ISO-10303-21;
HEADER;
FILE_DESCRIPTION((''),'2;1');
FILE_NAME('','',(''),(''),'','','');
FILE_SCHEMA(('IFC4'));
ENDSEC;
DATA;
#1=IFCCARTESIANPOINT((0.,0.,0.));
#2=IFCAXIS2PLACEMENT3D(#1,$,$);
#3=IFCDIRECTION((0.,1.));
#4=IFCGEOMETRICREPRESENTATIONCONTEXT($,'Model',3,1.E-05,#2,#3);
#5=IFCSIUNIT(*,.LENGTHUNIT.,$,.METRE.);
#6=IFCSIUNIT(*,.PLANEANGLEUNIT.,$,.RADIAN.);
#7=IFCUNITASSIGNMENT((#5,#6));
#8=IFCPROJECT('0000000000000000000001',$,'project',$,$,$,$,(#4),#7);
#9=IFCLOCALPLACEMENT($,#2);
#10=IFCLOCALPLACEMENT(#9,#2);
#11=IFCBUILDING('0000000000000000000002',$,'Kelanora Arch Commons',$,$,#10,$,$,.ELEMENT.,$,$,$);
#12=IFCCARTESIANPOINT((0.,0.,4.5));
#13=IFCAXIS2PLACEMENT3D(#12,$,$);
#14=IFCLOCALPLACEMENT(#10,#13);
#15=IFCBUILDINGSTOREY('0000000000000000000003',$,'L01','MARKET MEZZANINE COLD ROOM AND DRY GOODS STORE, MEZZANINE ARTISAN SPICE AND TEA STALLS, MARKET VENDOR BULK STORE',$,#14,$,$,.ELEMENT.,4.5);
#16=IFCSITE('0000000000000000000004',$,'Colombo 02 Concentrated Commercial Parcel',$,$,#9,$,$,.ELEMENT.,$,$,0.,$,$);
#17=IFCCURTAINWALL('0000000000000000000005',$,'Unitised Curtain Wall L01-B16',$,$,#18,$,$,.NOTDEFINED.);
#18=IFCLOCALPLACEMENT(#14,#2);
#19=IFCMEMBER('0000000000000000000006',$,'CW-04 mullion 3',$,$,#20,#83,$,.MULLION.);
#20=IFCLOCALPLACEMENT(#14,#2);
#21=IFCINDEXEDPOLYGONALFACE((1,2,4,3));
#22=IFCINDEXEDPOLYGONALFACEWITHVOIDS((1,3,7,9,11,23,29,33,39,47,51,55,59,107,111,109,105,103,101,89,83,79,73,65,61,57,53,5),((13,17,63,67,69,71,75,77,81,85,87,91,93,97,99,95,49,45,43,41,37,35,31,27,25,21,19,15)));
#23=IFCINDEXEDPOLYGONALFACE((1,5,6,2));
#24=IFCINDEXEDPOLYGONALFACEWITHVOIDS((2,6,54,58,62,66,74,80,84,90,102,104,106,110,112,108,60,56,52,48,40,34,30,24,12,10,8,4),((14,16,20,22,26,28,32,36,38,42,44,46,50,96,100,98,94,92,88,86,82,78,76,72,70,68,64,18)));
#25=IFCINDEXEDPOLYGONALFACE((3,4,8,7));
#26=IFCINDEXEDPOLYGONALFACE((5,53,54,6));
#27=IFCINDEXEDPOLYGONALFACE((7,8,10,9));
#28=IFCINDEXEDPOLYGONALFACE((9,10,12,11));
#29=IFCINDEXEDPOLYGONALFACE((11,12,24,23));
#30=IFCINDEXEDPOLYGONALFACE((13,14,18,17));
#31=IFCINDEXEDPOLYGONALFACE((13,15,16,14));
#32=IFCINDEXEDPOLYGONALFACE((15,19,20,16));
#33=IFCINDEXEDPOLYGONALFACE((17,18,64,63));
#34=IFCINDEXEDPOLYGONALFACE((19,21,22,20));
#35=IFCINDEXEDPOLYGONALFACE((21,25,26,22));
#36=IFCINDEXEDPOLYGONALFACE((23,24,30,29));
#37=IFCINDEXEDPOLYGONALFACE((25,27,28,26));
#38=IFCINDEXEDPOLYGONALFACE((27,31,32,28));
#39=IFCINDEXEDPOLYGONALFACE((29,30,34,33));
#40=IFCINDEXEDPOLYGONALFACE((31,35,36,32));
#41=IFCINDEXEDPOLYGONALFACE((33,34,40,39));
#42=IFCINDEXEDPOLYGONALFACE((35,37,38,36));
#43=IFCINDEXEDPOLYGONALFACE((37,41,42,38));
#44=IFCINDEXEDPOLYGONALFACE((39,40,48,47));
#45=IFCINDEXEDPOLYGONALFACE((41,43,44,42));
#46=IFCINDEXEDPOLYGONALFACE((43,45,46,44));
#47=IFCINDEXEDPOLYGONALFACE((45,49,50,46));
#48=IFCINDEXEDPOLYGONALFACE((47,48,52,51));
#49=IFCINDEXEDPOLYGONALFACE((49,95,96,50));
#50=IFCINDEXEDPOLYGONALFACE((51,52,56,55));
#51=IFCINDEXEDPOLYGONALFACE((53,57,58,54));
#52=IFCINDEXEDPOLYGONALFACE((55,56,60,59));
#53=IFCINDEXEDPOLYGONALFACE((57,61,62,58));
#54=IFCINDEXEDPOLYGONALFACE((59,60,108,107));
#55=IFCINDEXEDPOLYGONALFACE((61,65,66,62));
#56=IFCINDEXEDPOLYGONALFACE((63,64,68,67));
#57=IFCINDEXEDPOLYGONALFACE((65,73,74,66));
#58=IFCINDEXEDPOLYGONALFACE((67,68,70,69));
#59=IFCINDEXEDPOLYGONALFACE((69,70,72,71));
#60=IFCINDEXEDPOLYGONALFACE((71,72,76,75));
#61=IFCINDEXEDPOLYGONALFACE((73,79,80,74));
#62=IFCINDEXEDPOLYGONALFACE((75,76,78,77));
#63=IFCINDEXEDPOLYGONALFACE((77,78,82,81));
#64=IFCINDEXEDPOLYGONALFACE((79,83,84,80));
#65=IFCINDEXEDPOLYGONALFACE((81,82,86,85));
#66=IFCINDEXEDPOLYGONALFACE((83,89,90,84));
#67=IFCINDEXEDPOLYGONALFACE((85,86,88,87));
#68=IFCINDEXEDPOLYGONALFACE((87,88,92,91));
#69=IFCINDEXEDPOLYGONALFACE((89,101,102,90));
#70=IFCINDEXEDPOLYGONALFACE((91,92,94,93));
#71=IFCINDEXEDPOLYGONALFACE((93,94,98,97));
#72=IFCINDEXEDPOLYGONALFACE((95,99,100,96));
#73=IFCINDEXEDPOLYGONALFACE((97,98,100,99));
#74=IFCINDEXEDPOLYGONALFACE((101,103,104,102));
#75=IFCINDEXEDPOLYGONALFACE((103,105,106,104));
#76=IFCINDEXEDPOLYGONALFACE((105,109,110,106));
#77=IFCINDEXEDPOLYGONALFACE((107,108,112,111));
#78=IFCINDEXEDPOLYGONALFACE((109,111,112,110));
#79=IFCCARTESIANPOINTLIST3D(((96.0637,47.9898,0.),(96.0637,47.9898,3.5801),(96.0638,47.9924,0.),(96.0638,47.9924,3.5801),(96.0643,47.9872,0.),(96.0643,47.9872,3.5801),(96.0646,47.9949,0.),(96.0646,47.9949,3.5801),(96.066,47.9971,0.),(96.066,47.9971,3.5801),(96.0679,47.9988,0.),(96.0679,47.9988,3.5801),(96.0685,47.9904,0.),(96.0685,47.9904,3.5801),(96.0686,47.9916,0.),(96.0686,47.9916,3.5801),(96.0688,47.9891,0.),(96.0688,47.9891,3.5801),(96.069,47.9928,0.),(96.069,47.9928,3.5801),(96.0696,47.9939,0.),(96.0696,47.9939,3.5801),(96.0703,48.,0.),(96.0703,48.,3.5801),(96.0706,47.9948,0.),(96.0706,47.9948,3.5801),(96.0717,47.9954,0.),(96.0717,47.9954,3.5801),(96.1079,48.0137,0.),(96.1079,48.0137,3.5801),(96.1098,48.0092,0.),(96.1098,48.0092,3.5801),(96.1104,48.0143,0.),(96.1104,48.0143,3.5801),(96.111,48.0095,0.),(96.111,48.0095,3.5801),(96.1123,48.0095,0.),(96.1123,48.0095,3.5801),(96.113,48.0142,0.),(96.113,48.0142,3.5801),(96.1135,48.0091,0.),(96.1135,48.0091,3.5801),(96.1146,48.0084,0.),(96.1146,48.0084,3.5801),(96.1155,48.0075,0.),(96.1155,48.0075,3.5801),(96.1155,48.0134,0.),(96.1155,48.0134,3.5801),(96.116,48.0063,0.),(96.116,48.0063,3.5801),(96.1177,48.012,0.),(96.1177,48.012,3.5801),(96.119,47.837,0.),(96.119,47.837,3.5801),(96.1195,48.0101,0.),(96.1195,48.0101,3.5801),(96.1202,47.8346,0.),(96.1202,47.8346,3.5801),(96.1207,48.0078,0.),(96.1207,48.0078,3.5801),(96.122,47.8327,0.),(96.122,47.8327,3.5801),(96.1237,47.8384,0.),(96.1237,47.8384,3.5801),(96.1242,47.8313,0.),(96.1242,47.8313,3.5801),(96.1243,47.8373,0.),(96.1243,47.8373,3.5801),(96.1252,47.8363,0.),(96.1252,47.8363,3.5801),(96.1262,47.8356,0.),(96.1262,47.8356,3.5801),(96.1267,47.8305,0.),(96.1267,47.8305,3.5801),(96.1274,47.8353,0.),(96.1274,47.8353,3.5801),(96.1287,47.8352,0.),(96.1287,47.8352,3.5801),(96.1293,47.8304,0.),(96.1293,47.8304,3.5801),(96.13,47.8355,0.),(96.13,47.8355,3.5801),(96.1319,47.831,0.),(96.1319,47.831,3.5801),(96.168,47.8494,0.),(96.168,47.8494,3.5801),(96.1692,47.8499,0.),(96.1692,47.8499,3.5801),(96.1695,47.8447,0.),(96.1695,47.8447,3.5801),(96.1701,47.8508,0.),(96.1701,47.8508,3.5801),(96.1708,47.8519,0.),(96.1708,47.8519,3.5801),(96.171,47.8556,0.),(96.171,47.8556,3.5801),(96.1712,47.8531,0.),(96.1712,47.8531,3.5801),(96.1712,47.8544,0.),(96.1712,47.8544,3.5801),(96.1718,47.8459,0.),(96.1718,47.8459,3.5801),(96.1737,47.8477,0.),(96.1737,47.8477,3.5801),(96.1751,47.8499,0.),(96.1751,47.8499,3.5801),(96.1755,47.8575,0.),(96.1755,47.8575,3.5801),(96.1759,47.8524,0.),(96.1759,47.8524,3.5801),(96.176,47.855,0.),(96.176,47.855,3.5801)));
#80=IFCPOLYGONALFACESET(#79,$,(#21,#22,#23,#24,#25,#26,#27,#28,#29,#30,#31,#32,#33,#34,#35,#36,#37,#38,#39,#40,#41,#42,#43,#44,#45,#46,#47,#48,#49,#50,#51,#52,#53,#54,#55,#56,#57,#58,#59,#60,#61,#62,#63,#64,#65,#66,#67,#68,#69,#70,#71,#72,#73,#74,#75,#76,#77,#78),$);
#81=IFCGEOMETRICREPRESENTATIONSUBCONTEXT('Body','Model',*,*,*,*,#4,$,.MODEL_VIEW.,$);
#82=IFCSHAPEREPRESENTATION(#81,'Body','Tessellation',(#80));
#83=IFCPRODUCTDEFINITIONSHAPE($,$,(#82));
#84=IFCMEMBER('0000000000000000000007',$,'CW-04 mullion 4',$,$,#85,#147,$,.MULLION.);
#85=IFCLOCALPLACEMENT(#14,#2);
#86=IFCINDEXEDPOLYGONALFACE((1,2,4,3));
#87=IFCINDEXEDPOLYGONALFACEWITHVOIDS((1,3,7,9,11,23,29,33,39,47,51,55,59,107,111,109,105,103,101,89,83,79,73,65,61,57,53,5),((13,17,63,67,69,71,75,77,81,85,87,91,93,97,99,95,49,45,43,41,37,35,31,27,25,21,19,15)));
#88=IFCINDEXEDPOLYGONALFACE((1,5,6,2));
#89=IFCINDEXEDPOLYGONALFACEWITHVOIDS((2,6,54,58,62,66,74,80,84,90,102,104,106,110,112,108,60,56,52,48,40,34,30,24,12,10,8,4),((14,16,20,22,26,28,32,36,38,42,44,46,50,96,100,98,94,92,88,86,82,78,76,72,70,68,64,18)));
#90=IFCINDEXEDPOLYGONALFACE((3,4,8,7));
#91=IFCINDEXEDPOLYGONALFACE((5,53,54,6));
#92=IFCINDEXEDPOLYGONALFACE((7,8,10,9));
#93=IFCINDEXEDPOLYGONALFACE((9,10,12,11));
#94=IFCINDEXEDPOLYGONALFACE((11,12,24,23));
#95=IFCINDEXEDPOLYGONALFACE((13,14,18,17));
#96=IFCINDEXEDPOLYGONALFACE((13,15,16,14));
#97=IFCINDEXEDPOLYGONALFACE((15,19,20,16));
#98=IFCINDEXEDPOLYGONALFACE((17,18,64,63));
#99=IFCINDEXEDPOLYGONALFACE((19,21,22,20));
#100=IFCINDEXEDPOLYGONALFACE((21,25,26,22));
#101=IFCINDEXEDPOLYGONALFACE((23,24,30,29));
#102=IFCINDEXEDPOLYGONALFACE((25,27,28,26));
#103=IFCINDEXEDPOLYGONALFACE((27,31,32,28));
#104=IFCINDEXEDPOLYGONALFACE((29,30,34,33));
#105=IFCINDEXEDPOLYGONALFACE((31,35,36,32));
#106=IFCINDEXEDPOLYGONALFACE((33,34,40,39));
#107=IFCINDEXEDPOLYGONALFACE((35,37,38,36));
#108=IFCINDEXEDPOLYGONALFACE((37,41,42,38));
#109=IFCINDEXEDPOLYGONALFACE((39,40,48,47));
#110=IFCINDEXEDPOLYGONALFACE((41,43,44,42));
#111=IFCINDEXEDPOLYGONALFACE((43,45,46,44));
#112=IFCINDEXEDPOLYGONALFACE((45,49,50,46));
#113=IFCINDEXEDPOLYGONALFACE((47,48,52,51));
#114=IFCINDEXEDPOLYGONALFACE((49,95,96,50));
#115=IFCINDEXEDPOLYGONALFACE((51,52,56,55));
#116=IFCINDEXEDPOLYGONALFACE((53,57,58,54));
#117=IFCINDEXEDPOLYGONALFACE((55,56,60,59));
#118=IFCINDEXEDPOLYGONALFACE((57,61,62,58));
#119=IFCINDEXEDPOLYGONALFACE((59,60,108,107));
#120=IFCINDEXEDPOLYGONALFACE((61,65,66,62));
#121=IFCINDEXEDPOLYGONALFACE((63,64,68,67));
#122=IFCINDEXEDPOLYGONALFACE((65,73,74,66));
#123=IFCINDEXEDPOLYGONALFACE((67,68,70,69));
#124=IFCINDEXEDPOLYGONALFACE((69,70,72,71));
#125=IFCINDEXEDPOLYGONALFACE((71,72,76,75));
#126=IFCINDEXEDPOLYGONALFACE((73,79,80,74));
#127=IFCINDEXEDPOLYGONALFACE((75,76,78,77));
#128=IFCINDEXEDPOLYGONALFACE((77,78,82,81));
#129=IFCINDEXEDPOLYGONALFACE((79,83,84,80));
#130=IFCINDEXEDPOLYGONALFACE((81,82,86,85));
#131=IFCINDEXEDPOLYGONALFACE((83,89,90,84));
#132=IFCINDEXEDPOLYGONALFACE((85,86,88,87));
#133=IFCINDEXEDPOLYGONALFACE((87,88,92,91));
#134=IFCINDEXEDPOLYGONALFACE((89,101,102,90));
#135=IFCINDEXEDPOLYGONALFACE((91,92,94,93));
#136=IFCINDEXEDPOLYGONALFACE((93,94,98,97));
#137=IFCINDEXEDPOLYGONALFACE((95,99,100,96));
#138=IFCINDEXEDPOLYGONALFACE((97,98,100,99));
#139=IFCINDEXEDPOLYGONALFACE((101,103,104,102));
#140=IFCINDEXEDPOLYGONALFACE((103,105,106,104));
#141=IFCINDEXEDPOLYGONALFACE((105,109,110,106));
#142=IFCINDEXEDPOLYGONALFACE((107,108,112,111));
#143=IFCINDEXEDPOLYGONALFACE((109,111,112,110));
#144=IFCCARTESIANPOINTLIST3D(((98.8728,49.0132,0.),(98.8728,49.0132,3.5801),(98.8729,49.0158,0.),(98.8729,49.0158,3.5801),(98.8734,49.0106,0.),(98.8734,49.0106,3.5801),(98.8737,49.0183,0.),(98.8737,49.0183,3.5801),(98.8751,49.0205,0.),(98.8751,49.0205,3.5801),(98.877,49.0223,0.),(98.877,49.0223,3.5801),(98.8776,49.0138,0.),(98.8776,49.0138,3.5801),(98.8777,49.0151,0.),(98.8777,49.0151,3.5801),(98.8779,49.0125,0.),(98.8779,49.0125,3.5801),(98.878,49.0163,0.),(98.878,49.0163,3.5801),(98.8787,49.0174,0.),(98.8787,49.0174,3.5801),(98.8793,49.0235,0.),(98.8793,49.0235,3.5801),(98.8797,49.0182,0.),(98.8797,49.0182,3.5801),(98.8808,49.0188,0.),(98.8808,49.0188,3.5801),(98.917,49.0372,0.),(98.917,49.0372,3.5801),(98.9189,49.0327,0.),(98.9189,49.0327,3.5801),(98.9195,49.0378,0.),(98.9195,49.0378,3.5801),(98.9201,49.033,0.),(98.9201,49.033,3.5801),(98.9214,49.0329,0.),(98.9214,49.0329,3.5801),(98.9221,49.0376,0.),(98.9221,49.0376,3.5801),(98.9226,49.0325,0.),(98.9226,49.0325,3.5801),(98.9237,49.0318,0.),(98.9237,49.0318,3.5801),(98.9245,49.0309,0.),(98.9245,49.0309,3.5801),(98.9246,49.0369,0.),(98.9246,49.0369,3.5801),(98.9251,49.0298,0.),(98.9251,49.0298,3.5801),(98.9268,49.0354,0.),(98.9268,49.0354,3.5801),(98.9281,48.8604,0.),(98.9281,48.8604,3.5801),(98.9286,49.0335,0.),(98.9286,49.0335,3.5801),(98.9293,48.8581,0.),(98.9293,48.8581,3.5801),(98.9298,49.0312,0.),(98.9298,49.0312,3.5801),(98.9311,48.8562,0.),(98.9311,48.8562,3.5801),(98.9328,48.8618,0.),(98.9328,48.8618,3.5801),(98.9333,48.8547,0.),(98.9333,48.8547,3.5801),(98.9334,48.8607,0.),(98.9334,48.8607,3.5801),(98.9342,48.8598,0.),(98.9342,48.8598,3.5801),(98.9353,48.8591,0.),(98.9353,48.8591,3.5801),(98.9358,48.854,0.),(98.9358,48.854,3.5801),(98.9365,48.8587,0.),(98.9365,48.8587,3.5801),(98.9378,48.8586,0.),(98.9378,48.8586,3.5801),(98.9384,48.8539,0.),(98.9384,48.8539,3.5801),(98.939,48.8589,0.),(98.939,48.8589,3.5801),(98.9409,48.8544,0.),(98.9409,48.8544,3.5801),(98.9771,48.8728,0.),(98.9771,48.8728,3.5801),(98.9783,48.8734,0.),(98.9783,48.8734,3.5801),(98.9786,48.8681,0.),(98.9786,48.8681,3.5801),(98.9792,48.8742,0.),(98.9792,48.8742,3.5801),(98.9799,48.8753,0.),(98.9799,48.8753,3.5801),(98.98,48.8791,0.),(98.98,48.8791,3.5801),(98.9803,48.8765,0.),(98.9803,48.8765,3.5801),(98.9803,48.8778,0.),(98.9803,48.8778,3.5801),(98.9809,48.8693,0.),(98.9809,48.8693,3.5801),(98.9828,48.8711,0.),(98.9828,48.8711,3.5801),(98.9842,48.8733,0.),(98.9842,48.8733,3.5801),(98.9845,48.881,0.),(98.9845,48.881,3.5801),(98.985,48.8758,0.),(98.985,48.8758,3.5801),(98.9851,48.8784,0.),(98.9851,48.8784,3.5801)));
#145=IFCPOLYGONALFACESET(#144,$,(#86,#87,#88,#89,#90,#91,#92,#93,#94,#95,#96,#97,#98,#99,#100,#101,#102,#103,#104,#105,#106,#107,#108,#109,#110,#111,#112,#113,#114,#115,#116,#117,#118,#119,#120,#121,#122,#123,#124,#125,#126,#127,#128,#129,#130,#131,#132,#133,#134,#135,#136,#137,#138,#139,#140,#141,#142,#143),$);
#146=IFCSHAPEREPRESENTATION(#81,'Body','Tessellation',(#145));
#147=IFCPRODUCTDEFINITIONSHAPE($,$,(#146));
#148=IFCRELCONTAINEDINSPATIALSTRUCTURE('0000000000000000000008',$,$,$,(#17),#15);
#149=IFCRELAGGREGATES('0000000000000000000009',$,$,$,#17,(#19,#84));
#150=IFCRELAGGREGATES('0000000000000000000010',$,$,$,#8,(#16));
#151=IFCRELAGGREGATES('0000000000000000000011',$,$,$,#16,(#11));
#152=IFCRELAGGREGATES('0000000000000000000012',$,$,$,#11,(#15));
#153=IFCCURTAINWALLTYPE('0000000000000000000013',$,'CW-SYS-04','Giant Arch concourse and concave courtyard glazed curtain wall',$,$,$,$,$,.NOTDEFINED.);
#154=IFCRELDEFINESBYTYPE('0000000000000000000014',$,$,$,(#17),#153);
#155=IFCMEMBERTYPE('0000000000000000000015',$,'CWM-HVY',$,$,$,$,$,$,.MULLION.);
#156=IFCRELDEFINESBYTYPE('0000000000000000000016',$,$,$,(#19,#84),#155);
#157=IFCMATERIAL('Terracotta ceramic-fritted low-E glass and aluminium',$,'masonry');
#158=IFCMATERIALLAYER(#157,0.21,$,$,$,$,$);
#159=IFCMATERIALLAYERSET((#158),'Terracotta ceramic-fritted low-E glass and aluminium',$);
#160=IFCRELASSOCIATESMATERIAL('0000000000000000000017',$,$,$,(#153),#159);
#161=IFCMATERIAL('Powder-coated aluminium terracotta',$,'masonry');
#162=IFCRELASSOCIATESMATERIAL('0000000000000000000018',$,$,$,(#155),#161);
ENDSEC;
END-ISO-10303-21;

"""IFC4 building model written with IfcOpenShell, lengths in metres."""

from ifc_helpers import new_model, si_unit, direction, frame, origin, origin_2d, place, context, subcontext, project, spatial, hollow_rectangle, extrude, material, layer, layer_set, material_profile, profile_set, type_object, element, aggregate, save


model = new_model("IFC4")

# Units and contexts
model_context = context("Model", 3, precision=1e-05, world=origin(), true_north=direction((0.0, 1.0)))
body_context = subcontext(model_context, "Body", "Model", "MODEL_VIEW")
ifc_project = project(units=[si_unit("LENGTHUNIT", "METRE"), si_unit("PLANEANGLEUNIT", "RADIAN")], contexts=[model_context])

# Site, building, storey
site_placement = place(None, origin())
site = spatial("IfcSite", under=ifc_project, at=site_placement, Name="Colombo 02 Concentrated Commercial Parcel", CompositionType="ELEMENT", RefElevation=0.0)
building_placement = place(site_placement, origin())
building = spatial("IfcBuilding", under=site, at=building_placement, Name="Kelanora Arch Commons", CompositionType="ELEMENT")
storey_placement = place(building_placement, frame((0.0, 0.0, 4.5)))
storey = spatial("IfcBuildingStorey", under=building, at=storey_placement, Name="L01", Description="MARKET MEZZANINE COLD ROOM AND DRY GOODS STORE, MEZZANINE ARTISAN SPICE AND TEA STALLS, MARKET VENDOR BULK STORE", CompositionType="ELEMENT", Elevation=4.5)

# Curtain wall, members
ifc_material_1 = material(Name="Terracotta ceramic-fritted low-E glass and aluminium", Category="masonry")
ifc_layer_1 = layer(ifc_material_1, 0.21)
ifc_layer_set_1 = layer_set([ifc_layer_1], Name="Terracotta ceramic-fritted low-E glass and aluminium")
curtain_wall_type = type_object("IfcCurtainWallType", Name="CW-SYS-04", Description="Giant Arch concourse and concave courtyard glazed curtain wall", PredefinedType="NOTDEFINED", material=ifc_layer_set_1)
curtain_wall_placement = place(storey_placement, origin())
curtain_wall = element("IfcCurtainWall", 1, at=curtain_wall_placement, inside=storey, type_object=curtain_wall_type, Name="Unitised Curtain Wall L01-B16", PredefinedType="NOTDEFINED")
ifc_material_2 = material(Name="Powder-coated aluminium terracotta", Category="masonry")
ifc_material_profile_1 = material_profile(ifc_material_2, hollow_rectangle(XDim=0.1799, YDim=0.0601, WallThickness=0.0049, InnerFilletRadius=0.0049, OuterFilletRadius=0.01, at=origin_2d()), Name="CWM180x60")
ifc_profile_set_1 = profile_set([ifc_material_profile_1], Name="Powder-coated aluminium terracotta")
member_type_1 = type_object("IfcMemberType", Name="CWM-HVY", PredefinedType="MULLION", material=ifc_profile_set_1)
member_1_placement = place(storey_placement, frame((96.1199, 47.9224, 0.0), z_axis=(0.0, 0.0, 1.0), x_axis=(-0.342318, 0.939584, 0.0)))
member_1 = element("IfcMember", 2, at=member_1_placement, type_object=member_type_1, Name="CW-04 mullion 3", PredefinedType="MULLION", context=body_context, shape_type="SweptSolid", body=[
    extrude(hollow_rectangle(XDim=0.1799, YDim=0.0601, WallThickness=0.0049, InnerFilletRadius=0.0049, OuterFilletRadius=0.01, at=origin_2d()), origin(), (0.0, 0.0, 1.0), 3.5801),
])
member_2_placement = place(storey_placement, frame((98.929, 48.9458, 0.0), z_axis=(0.0, 0.0, 1.0), x_axis=(-0.342318, 0.939584, 0.0)))
member_2 = element("IfcMember", 3, at=member_2_placement, type_object=member_type_1, Name="CW-04 mullion 4", PredefinedType="MULLION", context=body_context, shape_type="SweptSolid", body=[
    extrude(hollow_rectangle(XDim=0.1799, YDim=0.0601, WallThickness=0.0049, InnerFilletRadius=0.0049, OuterFilletRadius=0.01, at=origin_2d()), origin(), (0.0, 0.0, 1.0), 3.5801),
])
aggregate(curtain_wall, [member_1, member_2])

save(model, "model.ifc")
